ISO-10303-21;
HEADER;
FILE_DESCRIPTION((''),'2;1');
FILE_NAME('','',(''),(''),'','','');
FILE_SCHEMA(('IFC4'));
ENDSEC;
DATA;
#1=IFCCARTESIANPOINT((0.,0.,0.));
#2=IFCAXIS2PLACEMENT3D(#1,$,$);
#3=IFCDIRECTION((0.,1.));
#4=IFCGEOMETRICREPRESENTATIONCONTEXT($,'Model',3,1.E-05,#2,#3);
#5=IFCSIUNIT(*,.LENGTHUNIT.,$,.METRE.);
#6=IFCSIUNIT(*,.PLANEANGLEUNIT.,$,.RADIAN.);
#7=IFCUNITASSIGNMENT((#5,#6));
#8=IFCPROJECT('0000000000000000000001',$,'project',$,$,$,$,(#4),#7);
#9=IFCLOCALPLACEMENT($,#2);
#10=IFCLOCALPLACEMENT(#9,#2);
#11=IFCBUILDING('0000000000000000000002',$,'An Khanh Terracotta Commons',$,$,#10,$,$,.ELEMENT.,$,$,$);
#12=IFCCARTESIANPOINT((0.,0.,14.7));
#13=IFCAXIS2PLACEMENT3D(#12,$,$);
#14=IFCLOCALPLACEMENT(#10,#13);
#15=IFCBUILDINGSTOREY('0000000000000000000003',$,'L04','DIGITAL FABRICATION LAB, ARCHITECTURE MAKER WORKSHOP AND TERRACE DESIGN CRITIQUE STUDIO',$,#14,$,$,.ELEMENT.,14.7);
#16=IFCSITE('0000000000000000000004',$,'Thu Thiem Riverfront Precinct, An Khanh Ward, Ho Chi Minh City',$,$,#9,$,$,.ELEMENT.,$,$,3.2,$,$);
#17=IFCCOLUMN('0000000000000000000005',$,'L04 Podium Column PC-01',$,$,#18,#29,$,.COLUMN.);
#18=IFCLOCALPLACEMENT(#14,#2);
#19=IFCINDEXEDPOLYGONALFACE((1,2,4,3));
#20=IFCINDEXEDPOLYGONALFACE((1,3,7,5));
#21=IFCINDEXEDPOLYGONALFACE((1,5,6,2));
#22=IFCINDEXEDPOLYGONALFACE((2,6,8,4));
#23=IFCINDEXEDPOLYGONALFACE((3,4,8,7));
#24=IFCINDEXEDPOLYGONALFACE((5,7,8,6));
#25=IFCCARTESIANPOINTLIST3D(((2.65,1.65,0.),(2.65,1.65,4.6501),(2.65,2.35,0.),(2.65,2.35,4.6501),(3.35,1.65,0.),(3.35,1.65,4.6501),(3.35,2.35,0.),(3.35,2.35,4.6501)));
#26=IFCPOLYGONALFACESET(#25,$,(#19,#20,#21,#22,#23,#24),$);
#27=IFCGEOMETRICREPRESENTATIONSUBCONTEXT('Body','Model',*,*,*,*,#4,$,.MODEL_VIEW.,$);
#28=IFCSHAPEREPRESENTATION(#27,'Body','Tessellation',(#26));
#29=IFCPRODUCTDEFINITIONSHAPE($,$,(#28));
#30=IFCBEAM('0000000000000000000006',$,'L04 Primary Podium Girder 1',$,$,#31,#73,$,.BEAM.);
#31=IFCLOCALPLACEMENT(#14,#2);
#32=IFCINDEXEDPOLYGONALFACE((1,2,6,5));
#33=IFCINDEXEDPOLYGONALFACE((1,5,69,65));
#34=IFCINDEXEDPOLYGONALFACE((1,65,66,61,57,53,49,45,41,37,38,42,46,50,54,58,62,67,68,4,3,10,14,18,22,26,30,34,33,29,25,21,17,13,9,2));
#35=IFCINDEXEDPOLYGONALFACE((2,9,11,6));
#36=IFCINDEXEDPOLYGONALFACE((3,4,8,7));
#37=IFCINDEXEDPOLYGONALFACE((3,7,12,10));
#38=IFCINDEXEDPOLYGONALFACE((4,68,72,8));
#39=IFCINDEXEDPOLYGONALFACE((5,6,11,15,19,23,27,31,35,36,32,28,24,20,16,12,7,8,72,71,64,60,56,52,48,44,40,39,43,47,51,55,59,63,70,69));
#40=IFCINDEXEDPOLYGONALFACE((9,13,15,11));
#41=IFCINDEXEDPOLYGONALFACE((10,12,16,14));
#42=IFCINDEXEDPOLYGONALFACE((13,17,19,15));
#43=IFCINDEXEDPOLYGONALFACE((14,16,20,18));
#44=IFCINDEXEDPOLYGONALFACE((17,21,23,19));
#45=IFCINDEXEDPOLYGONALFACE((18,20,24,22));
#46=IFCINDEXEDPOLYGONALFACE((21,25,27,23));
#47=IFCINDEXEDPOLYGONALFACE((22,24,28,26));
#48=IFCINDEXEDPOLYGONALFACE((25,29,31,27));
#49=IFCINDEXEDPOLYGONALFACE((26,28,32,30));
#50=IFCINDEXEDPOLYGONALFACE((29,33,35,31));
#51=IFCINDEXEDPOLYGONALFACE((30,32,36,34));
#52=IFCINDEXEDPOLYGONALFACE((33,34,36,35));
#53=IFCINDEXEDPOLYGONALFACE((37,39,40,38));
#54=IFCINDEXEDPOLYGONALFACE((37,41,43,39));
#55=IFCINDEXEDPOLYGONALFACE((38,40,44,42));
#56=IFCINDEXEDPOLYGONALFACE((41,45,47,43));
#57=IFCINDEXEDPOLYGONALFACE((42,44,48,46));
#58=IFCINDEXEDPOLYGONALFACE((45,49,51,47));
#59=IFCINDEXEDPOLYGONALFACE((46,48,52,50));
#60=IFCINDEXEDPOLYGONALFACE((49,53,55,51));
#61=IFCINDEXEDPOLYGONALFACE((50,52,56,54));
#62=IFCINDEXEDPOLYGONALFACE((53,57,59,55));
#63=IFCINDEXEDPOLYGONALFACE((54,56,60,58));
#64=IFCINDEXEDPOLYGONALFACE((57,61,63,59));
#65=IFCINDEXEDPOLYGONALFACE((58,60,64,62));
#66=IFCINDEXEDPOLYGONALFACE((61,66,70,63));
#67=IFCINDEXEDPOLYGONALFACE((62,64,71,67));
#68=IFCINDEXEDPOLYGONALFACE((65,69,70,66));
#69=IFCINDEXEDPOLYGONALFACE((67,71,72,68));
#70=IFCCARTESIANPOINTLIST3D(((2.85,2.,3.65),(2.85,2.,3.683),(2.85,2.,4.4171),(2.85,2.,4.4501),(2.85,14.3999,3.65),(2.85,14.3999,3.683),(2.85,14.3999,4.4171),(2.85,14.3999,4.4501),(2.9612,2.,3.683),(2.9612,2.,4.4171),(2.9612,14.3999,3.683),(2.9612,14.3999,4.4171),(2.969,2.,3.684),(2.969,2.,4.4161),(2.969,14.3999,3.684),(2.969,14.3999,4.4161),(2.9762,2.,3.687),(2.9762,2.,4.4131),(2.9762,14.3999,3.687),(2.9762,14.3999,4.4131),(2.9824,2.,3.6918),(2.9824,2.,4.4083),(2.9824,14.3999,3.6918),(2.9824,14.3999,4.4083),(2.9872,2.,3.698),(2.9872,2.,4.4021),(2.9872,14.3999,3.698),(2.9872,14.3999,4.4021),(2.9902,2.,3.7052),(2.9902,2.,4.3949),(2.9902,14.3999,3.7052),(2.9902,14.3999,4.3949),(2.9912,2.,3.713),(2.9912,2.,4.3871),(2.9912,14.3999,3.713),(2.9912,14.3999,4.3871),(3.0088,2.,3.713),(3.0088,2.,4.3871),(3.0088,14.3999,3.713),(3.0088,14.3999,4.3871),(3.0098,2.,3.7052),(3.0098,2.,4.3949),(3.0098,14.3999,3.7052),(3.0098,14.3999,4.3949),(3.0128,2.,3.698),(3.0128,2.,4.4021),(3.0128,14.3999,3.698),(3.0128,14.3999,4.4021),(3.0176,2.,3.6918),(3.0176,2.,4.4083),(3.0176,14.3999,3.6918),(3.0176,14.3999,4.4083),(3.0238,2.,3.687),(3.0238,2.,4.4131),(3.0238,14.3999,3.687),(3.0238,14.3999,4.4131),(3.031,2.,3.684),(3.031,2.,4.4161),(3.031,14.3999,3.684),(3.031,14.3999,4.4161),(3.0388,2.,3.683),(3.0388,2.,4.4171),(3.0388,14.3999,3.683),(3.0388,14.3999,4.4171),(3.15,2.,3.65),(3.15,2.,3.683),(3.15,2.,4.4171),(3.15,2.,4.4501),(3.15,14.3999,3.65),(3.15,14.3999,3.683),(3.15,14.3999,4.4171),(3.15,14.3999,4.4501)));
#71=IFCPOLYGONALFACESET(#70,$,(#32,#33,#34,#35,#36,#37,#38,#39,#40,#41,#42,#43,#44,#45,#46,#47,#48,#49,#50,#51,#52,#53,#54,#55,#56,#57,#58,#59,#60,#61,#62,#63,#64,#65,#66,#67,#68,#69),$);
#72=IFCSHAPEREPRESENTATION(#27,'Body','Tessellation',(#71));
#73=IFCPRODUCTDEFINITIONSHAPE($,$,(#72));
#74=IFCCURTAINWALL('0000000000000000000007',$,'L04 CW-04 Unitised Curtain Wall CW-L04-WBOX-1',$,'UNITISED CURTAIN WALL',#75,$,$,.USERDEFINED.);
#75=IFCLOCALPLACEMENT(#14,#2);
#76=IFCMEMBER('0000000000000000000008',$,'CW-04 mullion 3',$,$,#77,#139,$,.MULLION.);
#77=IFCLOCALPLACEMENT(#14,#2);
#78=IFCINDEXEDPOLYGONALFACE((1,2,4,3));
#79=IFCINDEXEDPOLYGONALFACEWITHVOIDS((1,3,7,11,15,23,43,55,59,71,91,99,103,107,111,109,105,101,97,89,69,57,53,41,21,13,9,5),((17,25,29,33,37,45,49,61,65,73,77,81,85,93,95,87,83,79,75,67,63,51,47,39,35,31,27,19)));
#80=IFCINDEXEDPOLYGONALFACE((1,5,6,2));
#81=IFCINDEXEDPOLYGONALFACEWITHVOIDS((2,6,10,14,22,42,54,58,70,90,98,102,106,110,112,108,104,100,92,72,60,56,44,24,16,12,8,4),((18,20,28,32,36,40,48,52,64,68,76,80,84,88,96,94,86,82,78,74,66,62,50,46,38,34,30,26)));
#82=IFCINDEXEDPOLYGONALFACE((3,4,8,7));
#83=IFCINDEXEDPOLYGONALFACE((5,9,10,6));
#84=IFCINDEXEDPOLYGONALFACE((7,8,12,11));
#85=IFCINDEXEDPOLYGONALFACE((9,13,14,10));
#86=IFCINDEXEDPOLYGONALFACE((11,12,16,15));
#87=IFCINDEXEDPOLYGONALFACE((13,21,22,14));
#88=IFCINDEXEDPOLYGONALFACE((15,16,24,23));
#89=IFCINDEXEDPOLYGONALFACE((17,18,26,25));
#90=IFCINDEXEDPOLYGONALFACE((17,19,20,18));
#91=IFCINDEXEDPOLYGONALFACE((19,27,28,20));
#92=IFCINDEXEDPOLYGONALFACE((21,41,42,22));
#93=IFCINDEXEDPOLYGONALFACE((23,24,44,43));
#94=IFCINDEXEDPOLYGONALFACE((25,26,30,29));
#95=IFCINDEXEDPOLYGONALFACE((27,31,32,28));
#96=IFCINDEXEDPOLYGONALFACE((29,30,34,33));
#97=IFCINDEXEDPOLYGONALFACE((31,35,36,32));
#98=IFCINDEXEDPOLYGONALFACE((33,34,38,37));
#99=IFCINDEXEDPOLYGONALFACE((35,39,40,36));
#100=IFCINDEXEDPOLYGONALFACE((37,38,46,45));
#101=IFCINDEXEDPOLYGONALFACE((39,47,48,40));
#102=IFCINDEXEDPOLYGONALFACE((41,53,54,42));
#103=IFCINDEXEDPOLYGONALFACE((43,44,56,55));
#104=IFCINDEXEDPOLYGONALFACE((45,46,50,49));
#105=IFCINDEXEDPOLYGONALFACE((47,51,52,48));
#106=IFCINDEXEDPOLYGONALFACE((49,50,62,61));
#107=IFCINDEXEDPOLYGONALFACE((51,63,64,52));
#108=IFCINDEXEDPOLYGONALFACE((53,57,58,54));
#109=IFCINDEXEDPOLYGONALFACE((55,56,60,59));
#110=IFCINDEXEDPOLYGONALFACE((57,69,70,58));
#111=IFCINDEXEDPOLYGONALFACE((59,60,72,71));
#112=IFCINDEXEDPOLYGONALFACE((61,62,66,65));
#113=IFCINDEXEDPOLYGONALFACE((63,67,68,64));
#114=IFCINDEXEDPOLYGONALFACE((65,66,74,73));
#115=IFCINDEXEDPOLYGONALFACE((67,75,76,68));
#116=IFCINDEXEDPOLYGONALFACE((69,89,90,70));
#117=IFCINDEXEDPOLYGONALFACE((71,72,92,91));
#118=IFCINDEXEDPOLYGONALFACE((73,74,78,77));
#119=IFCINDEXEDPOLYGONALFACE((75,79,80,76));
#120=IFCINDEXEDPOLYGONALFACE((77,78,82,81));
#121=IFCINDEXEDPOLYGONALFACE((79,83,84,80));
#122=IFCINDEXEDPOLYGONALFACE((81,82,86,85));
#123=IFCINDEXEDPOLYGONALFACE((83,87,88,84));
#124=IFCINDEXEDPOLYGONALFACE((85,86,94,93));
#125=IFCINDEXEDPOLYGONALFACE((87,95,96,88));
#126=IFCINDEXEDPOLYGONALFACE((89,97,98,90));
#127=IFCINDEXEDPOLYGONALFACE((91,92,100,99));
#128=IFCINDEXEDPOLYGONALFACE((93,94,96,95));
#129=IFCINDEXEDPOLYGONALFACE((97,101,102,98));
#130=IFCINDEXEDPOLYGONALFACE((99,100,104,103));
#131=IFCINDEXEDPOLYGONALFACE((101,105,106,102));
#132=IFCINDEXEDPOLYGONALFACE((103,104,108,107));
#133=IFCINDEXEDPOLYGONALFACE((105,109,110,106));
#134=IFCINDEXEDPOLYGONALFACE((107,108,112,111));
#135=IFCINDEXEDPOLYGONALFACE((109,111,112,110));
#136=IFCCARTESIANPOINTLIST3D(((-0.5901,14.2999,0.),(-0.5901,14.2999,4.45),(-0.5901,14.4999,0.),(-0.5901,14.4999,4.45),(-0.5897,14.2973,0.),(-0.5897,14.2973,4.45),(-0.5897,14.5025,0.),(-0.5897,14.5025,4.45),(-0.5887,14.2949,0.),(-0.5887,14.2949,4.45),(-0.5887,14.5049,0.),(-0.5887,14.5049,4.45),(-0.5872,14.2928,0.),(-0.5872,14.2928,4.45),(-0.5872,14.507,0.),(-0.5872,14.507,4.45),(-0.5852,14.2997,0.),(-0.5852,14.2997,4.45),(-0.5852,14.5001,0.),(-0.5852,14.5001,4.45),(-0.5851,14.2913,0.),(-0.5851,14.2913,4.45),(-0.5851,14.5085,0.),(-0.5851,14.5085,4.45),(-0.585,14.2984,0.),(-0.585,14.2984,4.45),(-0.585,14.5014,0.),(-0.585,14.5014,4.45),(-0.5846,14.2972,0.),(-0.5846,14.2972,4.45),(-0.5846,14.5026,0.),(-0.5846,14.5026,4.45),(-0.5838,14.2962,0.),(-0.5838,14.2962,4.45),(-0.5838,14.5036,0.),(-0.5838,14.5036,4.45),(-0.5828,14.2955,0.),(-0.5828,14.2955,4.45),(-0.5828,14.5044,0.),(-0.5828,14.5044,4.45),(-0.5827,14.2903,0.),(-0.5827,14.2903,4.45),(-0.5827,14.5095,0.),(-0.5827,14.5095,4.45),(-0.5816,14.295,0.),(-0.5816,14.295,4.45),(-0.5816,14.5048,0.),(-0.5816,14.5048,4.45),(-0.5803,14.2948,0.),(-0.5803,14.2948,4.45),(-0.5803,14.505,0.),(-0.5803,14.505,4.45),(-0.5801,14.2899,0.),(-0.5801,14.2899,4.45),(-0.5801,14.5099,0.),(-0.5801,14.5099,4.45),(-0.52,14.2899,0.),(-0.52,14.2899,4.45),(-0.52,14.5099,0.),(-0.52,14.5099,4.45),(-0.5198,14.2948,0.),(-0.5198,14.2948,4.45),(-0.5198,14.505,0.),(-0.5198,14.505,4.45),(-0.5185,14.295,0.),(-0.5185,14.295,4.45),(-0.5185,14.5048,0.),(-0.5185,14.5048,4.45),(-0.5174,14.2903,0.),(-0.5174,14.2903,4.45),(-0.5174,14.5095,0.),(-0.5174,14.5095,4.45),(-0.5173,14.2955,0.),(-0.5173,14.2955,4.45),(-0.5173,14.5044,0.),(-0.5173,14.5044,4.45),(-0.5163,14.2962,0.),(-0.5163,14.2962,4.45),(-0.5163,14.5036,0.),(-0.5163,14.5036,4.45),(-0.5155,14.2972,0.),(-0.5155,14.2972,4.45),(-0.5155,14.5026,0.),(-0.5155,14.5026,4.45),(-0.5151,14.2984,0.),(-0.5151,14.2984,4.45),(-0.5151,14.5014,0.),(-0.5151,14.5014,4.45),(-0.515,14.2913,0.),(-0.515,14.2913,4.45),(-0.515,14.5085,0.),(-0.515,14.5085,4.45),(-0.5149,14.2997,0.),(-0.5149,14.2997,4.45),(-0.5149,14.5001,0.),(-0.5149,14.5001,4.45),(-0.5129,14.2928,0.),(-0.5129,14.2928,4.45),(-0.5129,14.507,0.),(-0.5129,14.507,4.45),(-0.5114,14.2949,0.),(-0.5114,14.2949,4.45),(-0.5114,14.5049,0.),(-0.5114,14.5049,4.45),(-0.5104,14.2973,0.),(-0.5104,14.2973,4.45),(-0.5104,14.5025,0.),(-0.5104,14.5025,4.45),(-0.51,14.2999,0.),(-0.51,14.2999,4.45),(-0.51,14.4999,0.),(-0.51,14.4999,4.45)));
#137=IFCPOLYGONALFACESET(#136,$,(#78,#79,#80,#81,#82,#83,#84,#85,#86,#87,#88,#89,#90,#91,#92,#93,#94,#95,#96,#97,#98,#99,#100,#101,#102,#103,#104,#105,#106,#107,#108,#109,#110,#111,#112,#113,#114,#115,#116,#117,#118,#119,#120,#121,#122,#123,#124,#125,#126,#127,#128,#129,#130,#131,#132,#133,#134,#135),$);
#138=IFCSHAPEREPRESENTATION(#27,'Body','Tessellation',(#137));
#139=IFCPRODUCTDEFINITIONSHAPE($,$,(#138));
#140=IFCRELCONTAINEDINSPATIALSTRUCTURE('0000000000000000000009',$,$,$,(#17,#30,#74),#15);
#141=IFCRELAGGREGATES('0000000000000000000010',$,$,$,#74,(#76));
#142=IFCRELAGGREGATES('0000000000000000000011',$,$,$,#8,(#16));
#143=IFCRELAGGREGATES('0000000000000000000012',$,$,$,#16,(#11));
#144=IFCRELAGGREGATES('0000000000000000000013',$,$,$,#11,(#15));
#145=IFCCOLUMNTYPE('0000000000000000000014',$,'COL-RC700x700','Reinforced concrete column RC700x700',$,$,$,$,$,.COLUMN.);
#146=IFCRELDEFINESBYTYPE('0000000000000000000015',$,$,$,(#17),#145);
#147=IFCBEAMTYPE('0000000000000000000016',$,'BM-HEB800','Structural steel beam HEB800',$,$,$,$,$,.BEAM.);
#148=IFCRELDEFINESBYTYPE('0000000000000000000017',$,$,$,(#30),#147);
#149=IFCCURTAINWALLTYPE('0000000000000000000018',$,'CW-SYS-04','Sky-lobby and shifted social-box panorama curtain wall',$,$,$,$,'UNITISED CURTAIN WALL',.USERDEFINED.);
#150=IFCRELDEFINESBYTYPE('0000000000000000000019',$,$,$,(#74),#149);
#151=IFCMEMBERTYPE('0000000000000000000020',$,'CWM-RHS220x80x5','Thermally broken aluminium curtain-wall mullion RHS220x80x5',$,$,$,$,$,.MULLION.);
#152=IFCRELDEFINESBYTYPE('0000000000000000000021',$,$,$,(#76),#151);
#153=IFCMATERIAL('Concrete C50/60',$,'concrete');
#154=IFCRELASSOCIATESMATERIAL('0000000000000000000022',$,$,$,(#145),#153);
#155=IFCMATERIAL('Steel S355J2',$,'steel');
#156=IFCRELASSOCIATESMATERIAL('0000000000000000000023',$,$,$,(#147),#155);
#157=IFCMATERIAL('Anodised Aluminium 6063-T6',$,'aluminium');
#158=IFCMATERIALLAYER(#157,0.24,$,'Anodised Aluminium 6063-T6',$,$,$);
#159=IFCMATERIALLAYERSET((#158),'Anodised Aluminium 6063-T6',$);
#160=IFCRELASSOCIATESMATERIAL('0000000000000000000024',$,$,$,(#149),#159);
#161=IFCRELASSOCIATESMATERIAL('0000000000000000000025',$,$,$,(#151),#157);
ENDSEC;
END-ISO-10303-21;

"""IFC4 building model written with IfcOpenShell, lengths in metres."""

from ifc_helpers import new_model, si_unit, direction, frame, origin, origin_2d, place, context, subcontext, project, spatial, rectangle, hollow_rectangle, i_section, extrude, material, layer, layer_set, material_profile, profile_set, type_object, element, aggregate, save


model = new_model("IFC4")

# Units and contexts
model_context = context("Model", 3, precision=1e-05, world=origin(), true_north=direction((0.0, 1.0)))
body_context = subcontext(model_context, "Body", "Model", "MODEL_VIEW")
ifc_project = project(units=[si_unit("LENGTHUNIT", "METRE"), si_unit("PLANEANGLEUNIT", "RADIAN")], contexts=[model_context])

# Site, building, storey
site_placement = place(None, origin())
site = spatial("IfcSite", under=ifc_project, at=site_placement, Name="Thu Thiem Riverfront Precinct, An Khanh Ward, Ho Chi Minh City", CompositionType="ELEMENT", RefElevation=3.2)
building_placement = place(site_placement, origin())
building = spatial("IfcBuilding", under=site, at=building_placement, Name="An Khanh Terracotta Commons", CompositionType="ELEMENT")
storey_placement = place(building_placement, frame((0.0, 0.0, 14.7)))
storey = spatial("IfcBuildingStorey", under=building, at=storey_placement, Name="L04", Description="DIGITAL FABRICATION LAB, ARCHITECTURE MAKER WORKSHOP AND TERRACE DESIGN CRITIQUE STUDIO", CompositionType="ELEMENT", Elevation=14.7)

# Column
ifc_material_1 = material(Name="Concrete C50/60", Category="concrete")
ifc_material_profile_1 = material_profile(ifc_material_1, rectangle(XDim=0.7, YDim=0.7, at=origin_2d()), Name="RC700x700")
ifc_profile_set_1 = profile_set([ifc_material_profile_1], Name="Concrete C50/60")
column_type = type_object("IfcColumnType", Name="COL-RC700x700", Description="Reinforced concrete column RC700x700", PredefinedType="COLUMN", material=ifc_profile_set_1)
column_placement = place(storey_placement, frame((3.0, 2.0, 0.0), z_axis=(0.0, 0.0, 1.0), x_axis=(1.0, 0.0, 0.0)))
element("IfcColumn", 1, at=column_placement, inside=storey, type_object=column_type, Name="L04 Podium Column PC-01", PredefinedType="COLUMN", context=body_context, shape_type="SweptSolid", body=[
    extrude(rectangle(XDim=0.7, YDim=0.7, at=origin_2d()), origin(), (0.0, 0.0, 1.0), 4.6501),
])

# Beam
ifc_material_2 = material(Name="Steel S355J2", Category="steel")
ifc_material_profile_2 = material_profile(ifc_material_2, i_section(OverallWidth=0.3, OverallDepth=0.8, WebThickness=0.0176, FlangeThickness=0.033, FilletRadius=0.03, at=origin_2d()), Name="HEB800")
ifc_profile_set_2 = profile_set([ifc_material_profile_2], Name="Steel S355J2")
beam_type = type_object("IfcBeamType", Name="BM-HEB800", Description="Structural steel beam HEB800", PredefinedType="BEAM", material=ifc_profile_set_2)
beam_placement = place(storey_placement, frame((3.0, 2.0, 4.05), z_axis=(0.0, 1.0, 0.0), x_axis=(-1.0, 0.0, 0.0)))
element("IfcBeam", 2, at=beam_placement, inside=storey, type_object=beam_type, Name="L04 Primary Podium Girder 1", PredefinedType="BEAM", context=body_context, shape_type="SweptSolid", body=[
    extrude(i_section(OverallWidth=0.3, OverallDepth=0.8, WebThickness=0.0176, FlangeThickness=0.033, FilletRadius=0.03, at=origin_2d()), origin(), (0.0, 0.0, 1.0), 12.3999),
])

# Curtain wall, member
ifc_material_3 = material(Name="Anodised Aluminium 6063-T6", Category="aluminium")
ifc_layer_1 = layer(ifc_material_3, 0.24, Name="Anodised Aluminium 6063-T6")
ifc_layer_set_1 = layer_set([ifc_layer_1], Name="Anodised Aluminium 6063-T6")
curtain_wall_type = type_object("IfcCurtainWallType", Name="CW-SYS-04", Description="Sky-lobby and shifted social-box panorama curtain wall", ElementType="UNITISED CURTAIN WALL", PredefinedType="USERDEFINED", material=ifc_layer_set_1)
curtain_wall_1_placement = place(storey_placement, origin())
curtain_wall_1 = element("IfcCurtainWall", 3, at=curtain_wall_1_placement, inside=storey, type_object=curtain_wall_type, Name="L04 CW-04 Unitised Curtain Wall CW-L04-WBOX-1", ObjectType="UNITISED CURTAIN WALL", PredefinedType="USERDEFINED")
ifc_material_profile_3 = material_profile(ifc_material_3, hollow_rectangle(XDim=0.0801, YDim=0.22, WallThickness=0.0049, InnerFilletRadius=0.0049, OuterFilletRadius=0.01, at=origin_2d()), Name="RHS220x80x5")
ifc_profile_set_3 = profile_set([ifc_material_profile_3], Name="Anodised Aluminium 6063-T6")
member_type_1 = type_object("IfcMemberType", Name="CWM-RHS220x80x5", Description="Thermally broken aluminium curtain-wall mullion RHS220x80x5", PredefinedType="MULLION", material=ifc_profile_set_3)
member_1_placement = place(storey_placement, frame((-0.55, 14.3999, 0.0), z_axis=(0.0, 0.0, 1.0), x_axis=(1.0, 0.0, 0.0)))
member_1 = element("IfcMember", 4, at=member_1_placement, type_object=member_type_1, Name="CW-04 mullion 3", PredefinedType="MULLION", context=body_context, shape_type="SweptSolid", body=[
    extrude(hollow_rectangle(XDim=0.0801, YDim=0.22, WallThickness=0.0049, InnerFilletRadius=0.0049, OuterFilletRadius=0.01, at=origin_2d()), origin(), (0.0, 0.0, 1.0), 4.45),
])

aggregate(curtain_wall_1, [member_1])

save(model, "model.ifc")
